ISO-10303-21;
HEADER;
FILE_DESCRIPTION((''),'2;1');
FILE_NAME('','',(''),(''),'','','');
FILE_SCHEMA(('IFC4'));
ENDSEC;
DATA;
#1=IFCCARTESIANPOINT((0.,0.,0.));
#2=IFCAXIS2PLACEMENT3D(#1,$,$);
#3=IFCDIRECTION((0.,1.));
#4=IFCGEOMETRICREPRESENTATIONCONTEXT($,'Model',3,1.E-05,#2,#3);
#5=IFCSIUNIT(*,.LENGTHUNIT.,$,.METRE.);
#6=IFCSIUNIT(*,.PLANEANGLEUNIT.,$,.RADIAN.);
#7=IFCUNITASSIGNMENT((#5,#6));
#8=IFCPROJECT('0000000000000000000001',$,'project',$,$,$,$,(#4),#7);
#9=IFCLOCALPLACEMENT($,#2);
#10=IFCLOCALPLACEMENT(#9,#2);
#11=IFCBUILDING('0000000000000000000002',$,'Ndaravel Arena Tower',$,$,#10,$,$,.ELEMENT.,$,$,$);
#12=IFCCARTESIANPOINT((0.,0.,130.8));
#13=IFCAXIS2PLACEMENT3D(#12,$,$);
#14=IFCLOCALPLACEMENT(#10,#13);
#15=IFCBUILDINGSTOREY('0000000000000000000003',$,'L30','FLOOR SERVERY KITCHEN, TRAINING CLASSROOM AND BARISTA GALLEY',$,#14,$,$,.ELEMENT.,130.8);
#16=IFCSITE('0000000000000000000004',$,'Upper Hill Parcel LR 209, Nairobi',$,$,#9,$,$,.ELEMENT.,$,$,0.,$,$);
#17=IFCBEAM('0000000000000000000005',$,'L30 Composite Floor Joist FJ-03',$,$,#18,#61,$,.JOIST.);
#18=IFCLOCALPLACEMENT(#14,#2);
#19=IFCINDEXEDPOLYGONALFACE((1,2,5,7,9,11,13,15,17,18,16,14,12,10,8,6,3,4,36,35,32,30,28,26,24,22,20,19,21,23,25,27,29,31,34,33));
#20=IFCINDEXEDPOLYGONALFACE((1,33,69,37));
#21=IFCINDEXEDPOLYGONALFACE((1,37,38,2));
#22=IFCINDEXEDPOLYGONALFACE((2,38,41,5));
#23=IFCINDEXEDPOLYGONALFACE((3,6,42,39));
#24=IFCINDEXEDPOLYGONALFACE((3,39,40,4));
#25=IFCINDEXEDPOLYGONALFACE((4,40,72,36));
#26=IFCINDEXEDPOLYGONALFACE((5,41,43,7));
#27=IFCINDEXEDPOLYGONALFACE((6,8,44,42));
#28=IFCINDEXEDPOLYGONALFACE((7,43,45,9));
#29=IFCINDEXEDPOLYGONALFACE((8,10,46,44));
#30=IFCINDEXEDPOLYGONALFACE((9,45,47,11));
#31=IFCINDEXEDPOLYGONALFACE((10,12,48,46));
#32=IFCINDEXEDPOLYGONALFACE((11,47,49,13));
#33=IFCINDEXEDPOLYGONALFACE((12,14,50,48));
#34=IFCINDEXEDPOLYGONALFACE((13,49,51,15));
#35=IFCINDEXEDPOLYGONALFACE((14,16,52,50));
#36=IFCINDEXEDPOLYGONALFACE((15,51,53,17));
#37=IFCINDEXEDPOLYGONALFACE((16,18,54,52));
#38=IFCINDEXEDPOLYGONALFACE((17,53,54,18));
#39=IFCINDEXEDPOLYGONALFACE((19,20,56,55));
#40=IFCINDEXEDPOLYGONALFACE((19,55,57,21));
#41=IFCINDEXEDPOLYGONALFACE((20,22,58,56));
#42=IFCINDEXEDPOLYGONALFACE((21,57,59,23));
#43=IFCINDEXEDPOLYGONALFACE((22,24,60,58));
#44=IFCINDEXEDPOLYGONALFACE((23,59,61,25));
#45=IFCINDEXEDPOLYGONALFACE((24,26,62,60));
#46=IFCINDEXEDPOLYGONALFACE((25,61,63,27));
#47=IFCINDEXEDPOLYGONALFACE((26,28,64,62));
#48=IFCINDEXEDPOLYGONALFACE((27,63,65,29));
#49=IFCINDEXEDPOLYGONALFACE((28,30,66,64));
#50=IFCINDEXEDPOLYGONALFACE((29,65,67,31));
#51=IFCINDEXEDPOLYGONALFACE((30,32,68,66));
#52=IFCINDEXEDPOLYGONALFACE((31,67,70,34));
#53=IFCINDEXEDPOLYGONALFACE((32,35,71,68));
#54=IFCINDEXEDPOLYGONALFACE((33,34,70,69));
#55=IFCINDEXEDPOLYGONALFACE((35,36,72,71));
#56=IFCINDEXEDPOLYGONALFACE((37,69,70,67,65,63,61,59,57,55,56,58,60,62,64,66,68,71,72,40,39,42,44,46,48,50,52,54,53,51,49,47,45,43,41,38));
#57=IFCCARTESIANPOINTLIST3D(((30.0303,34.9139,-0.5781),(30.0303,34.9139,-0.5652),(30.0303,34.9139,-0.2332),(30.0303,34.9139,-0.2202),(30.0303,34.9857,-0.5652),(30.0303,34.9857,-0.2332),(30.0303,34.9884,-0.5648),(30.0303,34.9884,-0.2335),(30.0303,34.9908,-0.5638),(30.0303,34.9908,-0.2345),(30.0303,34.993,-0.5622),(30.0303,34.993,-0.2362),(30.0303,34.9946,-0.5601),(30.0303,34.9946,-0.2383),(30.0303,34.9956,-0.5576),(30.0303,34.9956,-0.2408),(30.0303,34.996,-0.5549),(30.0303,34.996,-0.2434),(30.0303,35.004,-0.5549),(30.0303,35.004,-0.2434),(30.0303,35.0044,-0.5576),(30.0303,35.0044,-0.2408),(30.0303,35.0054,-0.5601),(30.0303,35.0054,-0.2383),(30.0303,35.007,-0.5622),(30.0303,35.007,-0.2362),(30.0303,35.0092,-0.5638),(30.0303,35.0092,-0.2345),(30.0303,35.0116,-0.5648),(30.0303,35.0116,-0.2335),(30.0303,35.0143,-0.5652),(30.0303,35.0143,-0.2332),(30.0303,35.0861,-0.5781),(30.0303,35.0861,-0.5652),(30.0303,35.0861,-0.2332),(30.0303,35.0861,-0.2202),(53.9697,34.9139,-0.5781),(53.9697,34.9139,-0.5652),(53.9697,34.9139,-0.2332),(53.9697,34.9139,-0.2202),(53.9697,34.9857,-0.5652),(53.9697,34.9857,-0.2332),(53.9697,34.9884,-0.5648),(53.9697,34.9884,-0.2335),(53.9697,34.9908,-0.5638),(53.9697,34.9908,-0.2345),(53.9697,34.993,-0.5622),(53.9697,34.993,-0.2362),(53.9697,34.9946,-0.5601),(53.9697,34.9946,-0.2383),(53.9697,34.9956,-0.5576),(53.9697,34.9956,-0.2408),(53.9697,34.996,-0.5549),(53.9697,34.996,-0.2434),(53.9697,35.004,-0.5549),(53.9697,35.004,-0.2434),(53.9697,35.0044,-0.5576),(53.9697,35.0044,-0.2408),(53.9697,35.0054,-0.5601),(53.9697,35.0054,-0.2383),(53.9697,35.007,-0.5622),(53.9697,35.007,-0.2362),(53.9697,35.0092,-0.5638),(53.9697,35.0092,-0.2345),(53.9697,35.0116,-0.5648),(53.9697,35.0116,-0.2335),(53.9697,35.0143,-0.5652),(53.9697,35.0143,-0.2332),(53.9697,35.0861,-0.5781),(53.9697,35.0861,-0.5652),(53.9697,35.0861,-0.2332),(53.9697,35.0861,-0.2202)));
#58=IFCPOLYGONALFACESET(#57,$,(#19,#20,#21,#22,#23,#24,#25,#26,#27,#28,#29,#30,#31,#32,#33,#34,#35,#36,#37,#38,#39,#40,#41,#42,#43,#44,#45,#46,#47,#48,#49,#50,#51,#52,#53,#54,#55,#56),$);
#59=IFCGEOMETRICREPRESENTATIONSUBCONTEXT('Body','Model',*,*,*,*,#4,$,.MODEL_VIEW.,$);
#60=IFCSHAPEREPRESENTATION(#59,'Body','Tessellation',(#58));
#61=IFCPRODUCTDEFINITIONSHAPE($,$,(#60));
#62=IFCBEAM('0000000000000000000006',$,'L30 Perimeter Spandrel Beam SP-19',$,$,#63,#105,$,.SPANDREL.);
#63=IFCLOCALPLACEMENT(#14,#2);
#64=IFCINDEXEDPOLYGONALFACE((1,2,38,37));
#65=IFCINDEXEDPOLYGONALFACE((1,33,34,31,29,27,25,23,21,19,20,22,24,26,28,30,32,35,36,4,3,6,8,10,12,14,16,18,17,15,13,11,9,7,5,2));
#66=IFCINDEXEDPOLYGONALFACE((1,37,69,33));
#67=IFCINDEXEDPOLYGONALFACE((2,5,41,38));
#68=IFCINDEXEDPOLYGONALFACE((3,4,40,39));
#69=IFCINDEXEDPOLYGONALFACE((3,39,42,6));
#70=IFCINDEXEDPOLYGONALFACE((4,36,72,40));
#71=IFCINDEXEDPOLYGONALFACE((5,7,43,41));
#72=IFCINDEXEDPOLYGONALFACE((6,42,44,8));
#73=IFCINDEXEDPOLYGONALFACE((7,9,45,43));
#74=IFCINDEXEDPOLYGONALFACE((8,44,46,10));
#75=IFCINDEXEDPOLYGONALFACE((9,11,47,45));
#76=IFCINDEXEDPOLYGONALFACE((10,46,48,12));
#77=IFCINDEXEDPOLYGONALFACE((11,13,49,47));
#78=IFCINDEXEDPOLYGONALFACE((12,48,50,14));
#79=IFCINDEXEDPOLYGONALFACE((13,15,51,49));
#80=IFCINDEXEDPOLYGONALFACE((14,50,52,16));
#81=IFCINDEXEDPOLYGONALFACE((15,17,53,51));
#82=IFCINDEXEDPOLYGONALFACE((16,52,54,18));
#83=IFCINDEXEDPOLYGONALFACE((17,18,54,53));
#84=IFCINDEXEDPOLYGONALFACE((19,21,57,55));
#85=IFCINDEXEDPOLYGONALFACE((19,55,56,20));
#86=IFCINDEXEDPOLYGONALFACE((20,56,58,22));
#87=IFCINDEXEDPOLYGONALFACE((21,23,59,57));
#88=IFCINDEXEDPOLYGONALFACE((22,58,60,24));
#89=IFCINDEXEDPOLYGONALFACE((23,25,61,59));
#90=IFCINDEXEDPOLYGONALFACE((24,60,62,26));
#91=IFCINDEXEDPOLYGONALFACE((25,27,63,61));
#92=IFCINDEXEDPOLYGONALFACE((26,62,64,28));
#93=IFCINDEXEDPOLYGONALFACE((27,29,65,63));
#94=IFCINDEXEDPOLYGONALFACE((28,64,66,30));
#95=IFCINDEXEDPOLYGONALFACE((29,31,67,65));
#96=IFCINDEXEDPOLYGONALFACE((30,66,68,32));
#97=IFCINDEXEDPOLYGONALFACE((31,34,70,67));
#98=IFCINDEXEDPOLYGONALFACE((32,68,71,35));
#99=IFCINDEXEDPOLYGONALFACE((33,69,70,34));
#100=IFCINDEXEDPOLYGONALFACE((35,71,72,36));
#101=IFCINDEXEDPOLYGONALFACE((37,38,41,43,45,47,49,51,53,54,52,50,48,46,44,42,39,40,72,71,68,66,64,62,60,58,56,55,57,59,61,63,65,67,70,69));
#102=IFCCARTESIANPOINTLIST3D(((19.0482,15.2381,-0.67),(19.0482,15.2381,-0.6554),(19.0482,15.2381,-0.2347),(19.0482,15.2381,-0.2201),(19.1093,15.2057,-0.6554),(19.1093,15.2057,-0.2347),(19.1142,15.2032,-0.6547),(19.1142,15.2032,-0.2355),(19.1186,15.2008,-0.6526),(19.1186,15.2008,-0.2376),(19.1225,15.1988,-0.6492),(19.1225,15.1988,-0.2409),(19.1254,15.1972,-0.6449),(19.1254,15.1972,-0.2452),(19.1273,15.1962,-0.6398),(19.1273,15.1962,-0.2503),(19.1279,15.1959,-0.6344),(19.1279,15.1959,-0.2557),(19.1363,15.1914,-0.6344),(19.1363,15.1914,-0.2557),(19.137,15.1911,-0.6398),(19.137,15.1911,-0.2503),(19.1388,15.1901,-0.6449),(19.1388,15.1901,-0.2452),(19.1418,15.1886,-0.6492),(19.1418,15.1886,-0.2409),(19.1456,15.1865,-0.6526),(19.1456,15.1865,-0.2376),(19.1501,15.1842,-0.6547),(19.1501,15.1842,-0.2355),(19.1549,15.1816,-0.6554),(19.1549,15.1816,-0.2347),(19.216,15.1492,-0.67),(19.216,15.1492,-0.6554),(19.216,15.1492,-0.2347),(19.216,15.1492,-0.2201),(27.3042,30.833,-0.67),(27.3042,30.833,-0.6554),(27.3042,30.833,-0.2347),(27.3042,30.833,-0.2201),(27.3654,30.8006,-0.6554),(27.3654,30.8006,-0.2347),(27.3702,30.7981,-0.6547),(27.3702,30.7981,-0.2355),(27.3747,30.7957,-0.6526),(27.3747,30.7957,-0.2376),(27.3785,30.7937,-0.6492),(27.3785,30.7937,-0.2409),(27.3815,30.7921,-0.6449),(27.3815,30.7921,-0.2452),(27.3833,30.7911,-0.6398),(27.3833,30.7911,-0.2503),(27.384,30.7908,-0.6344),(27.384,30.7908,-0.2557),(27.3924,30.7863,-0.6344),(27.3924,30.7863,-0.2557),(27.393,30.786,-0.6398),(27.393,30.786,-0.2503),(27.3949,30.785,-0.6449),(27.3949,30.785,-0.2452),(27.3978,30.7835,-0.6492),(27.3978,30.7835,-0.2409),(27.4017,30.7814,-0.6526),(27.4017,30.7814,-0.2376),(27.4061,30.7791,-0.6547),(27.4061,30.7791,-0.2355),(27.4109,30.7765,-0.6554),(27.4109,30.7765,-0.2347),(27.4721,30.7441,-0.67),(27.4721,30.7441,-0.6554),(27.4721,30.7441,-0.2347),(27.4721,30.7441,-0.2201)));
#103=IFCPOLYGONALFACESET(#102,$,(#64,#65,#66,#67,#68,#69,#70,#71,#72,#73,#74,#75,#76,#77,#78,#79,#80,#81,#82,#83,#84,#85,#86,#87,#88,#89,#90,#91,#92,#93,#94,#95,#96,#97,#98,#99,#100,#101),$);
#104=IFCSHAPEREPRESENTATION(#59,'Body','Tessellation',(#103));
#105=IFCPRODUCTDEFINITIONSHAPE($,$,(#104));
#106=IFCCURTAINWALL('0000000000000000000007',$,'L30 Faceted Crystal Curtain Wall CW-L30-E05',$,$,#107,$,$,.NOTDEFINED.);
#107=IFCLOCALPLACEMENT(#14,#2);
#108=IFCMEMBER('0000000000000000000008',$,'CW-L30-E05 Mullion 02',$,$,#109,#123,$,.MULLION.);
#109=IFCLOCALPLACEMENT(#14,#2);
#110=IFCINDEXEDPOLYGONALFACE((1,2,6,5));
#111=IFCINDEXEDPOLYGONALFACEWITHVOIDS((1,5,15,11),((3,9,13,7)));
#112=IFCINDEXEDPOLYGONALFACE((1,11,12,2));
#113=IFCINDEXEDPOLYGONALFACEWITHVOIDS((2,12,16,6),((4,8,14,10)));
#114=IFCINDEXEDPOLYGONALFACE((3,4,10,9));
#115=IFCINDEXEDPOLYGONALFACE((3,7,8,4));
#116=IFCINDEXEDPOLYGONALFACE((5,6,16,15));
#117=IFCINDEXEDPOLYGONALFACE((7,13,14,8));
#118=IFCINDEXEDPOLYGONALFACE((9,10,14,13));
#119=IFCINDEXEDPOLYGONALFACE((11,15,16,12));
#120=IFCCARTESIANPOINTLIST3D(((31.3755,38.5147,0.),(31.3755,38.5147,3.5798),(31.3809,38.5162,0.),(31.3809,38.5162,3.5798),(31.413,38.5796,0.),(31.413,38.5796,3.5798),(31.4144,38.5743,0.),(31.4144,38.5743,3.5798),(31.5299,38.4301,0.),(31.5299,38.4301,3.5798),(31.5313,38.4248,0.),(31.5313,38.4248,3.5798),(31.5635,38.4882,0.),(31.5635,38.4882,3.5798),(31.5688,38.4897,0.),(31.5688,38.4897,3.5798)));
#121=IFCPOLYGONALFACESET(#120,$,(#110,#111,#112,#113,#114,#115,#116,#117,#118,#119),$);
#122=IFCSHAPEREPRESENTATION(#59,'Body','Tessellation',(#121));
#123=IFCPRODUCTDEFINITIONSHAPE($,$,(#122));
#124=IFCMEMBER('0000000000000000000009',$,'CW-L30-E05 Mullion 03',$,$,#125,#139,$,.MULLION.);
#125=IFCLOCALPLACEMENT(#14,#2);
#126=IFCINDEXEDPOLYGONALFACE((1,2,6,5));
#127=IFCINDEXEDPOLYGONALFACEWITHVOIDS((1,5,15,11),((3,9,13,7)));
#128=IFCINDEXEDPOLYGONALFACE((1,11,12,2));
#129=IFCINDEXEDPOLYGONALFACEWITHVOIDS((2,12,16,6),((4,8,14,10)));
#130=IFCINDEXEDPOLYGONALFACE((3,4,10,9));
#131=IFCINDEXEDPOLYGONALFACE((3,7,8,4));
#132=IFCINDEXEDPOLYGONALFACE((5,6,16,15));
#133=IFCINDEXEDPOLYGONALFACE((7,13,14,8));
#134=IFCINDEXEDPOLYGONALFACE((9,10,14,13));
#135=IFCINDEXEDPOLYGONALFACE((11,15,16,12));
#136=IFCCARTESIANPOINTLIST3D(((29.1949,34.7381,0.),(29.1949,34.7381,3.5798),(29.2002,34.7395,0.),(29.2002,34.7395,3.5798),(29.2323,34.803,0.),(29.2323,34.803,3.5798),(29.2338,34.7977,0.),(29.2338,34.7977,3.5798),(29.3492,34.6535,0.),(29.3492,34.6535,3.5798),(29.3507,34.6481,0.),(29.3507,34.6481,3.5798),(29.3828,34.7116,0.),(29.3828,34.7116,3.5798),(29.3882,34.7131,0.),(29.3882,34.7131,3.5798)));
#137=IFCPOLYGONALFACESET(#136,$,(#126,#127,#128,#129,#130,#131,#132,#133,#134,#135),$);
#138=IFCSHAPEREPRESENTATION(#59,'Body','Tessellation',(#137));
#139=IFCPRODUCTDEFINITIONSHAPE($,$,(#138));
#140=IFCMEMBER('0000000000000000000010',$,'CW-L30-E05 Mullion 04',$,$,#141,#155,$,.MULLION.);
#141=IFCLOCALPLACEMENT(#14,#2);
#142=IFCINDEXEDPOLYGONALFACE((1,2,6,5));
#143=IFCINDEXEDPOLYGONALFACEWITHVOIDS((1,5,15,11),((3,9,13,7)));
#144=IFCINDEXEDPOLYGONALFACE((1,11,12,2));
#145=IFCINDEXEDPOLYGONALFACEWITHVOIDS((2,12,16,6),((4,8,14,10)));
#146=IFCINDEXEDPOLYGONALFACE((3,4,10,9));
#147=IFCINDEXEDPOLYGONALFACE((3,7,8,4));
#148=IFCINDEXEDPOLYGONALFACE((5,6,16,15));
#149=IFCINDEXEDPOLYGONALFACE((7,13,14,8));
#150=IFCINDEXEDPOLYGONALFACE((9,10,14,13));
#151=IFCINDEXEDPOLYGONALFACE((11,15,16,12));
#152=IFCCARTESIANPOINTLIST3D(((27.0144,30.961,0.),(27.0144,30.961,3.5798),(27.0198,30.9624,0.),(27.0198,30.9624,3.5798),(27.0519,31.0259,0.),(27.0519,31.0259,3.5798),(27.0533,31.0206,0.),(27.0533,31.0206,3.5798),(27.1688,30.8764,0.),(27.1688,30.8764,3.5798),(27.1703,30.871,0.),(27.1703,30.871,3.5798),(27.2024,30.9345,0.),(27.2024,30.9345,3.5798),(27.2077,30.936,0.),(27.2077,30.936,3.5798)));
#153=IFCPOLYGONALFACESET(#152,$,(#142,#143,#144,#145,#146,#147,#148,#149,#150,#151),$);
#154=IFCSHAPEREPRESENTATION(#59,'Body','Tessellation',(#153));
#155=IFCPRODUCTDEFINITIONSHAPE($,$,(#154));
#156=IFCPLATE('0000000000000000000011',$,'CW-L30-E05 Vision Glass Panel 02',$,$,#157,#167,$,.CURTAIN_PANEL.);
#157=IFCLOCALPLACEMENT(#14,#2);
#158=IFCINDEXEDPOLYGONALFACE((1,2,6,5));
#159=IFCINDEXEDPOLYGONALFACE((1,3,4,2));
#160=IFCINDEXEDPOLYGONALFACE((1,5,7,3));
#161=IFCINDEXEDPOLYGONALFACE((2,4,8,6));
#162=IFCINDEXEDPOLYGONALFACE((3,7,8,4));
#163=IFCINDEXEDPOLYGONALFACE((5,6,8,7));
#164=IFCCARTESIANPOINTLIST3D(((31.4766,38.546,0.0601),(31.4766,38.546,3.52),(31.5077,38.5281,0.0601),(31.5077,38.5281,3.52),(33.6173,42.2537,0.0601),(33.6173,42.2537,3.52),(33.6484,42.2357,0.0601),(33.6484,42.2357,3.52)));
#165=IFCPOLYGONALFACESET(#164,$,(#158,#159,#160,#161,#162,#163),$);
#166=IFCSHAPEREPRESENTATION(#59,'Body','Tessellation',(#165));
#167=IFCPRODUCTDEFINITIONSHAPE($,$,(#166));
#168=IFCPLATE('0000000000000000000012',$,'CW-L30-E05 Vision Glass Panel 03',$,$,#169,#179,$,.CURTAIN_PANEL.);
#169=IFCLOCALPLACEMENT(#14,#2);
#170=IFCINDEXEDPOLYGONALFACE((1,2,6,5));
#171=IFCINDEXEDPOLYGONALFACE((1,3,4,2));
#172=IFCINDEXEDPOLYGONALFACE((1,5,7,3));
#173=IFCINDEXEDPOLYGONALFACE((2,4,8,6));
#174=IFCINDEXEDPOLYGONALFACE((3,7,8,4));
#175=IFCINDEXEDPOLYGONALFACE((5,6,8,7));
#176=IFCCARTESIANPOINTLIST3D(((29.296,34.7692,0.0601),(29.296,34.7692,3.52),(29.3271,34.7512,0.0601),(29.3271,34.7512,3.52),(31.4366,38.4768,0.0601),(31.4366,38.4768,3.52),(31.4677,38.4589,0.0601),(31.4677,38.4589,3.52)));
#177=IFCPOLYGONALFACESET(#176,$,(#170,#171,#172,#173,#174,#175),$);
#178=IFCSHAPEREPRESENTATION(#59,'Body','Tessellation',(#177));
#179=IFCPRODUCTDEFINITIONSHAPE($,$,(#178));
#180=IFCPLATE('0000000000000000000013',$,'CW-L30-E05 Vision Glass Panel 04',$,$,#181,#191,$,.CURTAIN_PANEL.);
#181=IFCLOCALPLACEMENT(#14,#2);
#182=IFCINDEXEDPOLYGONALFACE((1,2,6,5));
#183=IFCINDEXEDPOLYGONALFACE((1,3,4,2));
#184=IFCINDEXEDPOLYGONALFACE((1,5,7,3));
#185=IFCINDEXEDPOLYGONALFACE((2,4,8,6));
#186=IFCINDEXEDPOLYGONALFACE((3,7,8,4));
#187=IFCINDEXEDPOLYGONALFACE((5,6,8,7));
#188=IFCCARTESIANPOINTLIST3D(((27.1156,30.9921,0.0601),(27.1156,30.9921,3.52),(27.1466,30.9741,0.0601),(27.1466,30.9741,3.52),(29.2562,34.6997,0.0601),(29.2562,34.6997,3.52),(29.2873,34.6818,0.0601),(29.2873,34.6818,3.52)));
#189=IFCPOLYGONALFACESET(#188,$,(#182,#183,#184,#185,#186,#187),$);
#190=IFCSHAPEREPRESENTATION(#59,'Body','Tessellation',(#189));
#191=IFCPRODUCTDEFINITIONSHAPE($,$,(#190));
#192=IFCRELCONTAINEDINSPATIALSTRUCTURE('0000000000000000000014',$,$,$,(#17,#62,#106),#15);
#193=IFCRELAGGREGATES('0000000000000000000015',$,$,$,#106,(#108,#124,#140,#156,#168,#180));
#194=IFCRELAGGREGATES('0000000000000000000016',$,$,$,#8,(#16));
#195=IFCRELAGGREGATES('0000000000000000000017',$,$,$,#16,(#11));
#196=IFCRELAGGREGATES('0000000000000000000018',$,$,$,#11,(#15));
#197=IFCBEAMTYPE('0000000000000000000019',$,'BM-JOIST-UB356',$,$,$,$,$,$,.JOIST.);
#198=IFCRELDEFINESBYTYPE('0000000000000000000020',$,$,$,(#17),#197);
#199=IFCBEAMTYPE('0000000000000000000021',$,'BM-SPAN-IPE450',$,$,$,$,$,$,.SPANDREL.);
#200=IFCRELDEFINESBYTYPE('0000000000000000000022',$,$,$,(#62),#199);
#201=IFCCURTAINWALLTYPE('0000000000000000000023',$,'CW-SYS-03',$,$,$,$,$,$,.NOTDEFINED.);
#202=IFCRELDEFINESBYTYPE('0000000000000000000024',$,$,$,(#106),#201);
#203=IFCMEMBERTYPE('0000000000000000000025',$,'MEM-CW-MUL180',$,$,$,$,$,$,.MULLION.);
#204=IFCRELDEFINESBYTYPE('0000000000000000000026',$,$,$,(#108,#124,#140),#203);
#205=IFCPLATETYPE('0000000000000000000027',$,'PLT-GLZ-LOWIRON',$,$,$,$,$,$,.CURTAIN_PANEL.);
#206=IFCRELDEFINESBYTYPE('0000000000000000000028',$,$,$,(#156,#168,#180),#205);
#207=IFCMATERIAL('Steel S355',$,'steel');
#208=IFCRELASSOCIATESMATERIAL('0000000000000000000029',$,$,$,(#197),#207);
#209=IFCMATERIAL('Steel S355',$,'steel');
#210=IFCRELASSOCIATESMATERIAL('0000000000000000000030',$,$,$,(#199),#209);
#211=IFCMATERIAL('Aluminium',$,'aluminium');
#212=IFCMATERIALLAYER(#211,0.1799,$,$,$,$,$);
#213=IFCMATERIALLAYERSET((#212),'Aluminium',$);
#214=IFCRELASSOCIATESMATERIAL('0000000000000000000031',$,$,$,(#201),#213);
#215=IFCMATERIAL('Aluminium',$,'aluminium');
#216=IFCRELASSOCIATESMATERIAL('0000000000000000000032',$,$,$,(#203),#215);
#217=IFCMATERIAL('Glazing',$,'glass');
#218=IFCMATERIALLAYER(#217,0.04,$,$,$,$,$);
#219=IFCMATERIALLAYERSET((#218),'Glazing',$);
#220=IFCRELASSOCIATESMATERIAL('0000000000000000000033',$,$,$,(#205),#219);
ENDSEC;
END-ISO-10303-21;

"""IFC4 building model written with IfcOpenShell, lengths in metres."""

from ifc_helpers import new_model, si_unit, direction, frame, origin, origin_2d, place, context, subcontext, project, spatial, rectangle, hollow_rectangle, i_section, extrude, material, layer, layer_set, material_profile, profile_set, type_object, element, aggregate, save


model = new_model("IFC4")

# Units and contexts
model_context = context("Model", 3, precision=1e-05, world=origin(), true_north=direction((0.0, 1.0)))
body_context = subcontext(model_context, "Body", "Model", "MODEL_VIEW")
ifc_project = project(units=[si_unit("LENGTHUNIT", "METRE"), si_unit("PLANEANGLEUNIT", "RADIAN")], contexts=[model_context])

# Site, building, storey
site_placement = place(None, origin())
site = spatial("IfcSite", under=ifc_project, at=site_placement, Name="Upper Hill Parcel LR 209, Nairobi", CompositionType="ELEMENT", RefElevation=0.0)
building_placement = place(site_placement, origin())
building = spatial("IfcBuilding", under=site, at=building_placement, Name="Ndaravel Arena Tower", CompositionType="ELEMENT")
storey_placement = place(building_placement, frame((0.0, 0.0, 130.8)))
storey = spatial("IfcBuildingStorey", under=building, at=storey_placement, Name="L30", Description="FLOOR SERVERY KITCHEN, TRAINING CLASSROOM AND BARISTA GALLEY", CompositionType="ELEMENT", Elevation=130.8)

# Beams
ifc_material_1 = material(Name="Steel S355", Category="steel")
ifc_material_profile_1 = material_profile(ifc_material_1, i_section(OverallWidth=0.1721, OverallDepth=0.3579, WebThickness=0.0081, FlangeThickness=0.0129, FilletRadius=0.0103, at=origin_2d()), Name="UB 356x171x57")
ifc_profile_set_1 = profile_set([ifc_material_profile_1], Name="Steel S355")
beam_type_1 = type_object("IfcBeamType", Name="BM-JOIST-UB356", PredefinedType="JOIST", material=ifc_profile_set_1)
beam_1_placement = place(storey_placement, frame((30.0303, 35.0, -0.3992), z_axis=(1.0, 0.0, 0.0), x_axis=(0.0, 1.0, 0.0)))
element("IfcBeam", 1, at=beam_1_placement, inside=storey, type_object=beam_type_1, Name="L30 Composite Floor Joist FJ-03", PredefinedType="JOIST", context=body_context, shape_type="SweptSolid", body=[
    extrude(i_section(OverallWidth=0.1721, OverallDepth=0.3579, WebThickness=0.0081, FlangeThickness=0.0129, FilletRadius=0.0103, at=origin_2d()), origin(), (0.0, 0.0, 1.0), 23.9395),
])
ifc_material_2 = material(Name="Steel S355", Category="steel")
ifc_material_profile_2 = material_profile(ifc_material_2, i_section(OverallWidth=0.1899, OverallDepth=0.45, WebThickness=0.0095, FlangeThickness=0.0146, FilletRadius=0.021, at=origin_2d()), Name="IPE 450")
ifc_profile_set_2 = profile_set([ifc_material_profile_2], Name="Steel S355")
beam_type_2 = type_object("IfcBeamType", Name="BM-SPAN-IPE450", PredefinedType="SPANDREL", material=ifc_profile_set_2)
beam_2_placement = place(storey_placement, frame((27.3882, 30.7886, -0.4451), z_axis=(-0.467885, -0.883789, 0.0), x_axis=(0.883789, -0.467885, 0.0)))
element("IfcBeam", 2, at=beam_2_placement, inside=storey, type_object=beam_type_2, Name="L30 Perimeter Spandrel Beam SP-19", PredefinedType="SPANDREL", context=body_context, shape_type="SweptSolid", body=[
    extrude(i_section(OverallWidth=0.1899, OverallDepth=0.45, WebThickness=0.0095, FlangeThickness=0.0146, FilletRadius=0.021, at=origin_2d()), origin(), (0.0, 0.0, 1.0), 17.6455),
])

# Curtain wall, members, plates
ifc_material_3 = material(Name="Aluminium", Category="aluminium")
ifc_layer_1 = layer(ifc_material_3, 0.1799)
ifc_layer_set_1 = layer_set([ifc_layer_1], Name="Aluminium")
curtain_wall_type = type_object("IfcCurtainWallType", Name="CW-SYS-03", PredefinedType="NOTDEFINED", material=ifc_layer_set_1)
curtain_wall_placement = place(storey_placement, origin())
curtain_wall = element("IfcCurtainWall", 3, at=curtain_wall_placement, inside=storey, type_object=curtain_wall_type, Name="L30 Faceted Crystal Curtain Wall CW-L30-E05", PredefinedType="NOTDEFINED")
ifc_material_4 = material(Name="Aluminium", Category="aluminium")
ifc_material_profile_3 = material_profile(ifc_material_4, hollow_rectangle(XDim=0.075, YDim=0.1799, WallThickness=0.0039, at=origin_2d()), Name="CW MULLION 75x180x4")
ifc_profile_set_3 = profile_set([ifc_material_profile_3], Name="Aluminium")
member_type = type_object("IfcMemberType", Name="MEM-CW-MUL180", PredefinedType="MULLION", material=ifc_profile_set_3)
member_1_placement = place(storey_placement, frame((31.4722, 38.5022, 0.0), z_axis=(0.0, 0.0, 1.0), x_axis=(-0.5, -0.866025, 0.0)))
member_1 = element("IfcMember", 4, at=member_1_placement, type_object=member_type, Name="CW-L30-E05 Mullion 02", PredefinedType="MULLION", context=body_context, shape_type="SweptSolid", body=[
    extrude(hollow_rectangle(XDim=0.075, YDim=0.1799, WallThickness=0.0039, at=origin_2d()), origin(), (0.0, 0.0, 1.0), 3.5798),
])
member_2_placement = place(storey_placement, frame((29.2915, 34.7256, 0.0), z_axis=(0.0, 0.0, 1.0), x_axis=(-0.5, -0.866025, 0.0)))
member_2 = element("IfcMember", 5, at=member_2_placement, type_object=member_type, Name="CW-L30-E05 Mullion 03", PredefinedType="MULLION", context=body_context, shape_type="SweptSolid", body=[
    extrude(hollow_rectangle(XDim=0.075, YDim=0.1799, WallThickness=0.0039, at=origin_2d()), origin(), (0.0, 0.0, 1.0), 3.5798),
])
member_3_placement = place(storey_placement, frame((27.1111, 30.9485, 0.0), z_axis=(0.0, 0.0, 1.0), x_axis=(-0.5, -0.866025, 0.0)))
member_3 = element("IfcMember", 6, at=member_3_placement, type_object=member_type, Name="CW-L30-E05 Mullion 04", PredefinedType="MULLION", context=body_context, shape_type="SweptSolid", body=[
    extrude(hollow_rectangle(XDim=0.075, YDim=0.1799, WallThickness=0.0039, at=origin_2d()), origin(), (0.0, 0.0, 1.0), 3.5798),
])
ifc_material_5 = material(Name="Glazing", Category="glass")
ifc_layer_2 = layer(ifc_material_5, 0.04)
ifc_layer_set_2 = layer_set([ifc_layer_2], Name="Glazing")
plate_type = type_object("IfcPlateType", Name="PLT-GLZ-LOWIRON", PredefinedType="CURTAIN_PANEL", material=ifc_layer_set_2)
plate_1_placement = place(storey_placement, frame((32.5625, 40.3909, 0.0601), z_axis=(0.0, 0.0, 1.0), x_axis=(-0.5, -0.866025, 0.0)))
plate_1 = element("IfcPlate", 7, at=plate_1_placement, type_object=plate_type, Name="CW-L30-E05 Vision Glass Panel 02", PredefinedType="CURTAIN_PANEL", context=body_context, shape_type="SweptSolid", body=[
    extrude(rectangle(XDim=4.2812, YDim=0.0359, at=origin_2d()), origin(), (0.0, 0.0, 1.0), 3.46),
])
plate_2_placement = place(storey_placement, frame((30.3818, 36.614, 0.0601), z_axis=(0.0, 0.0, 1.0), x_axis=(-0.5, -0.866025, 0.0)))
plate_2 = element("IfcPlate", 8, at=plate_2_placement, type_object=plate_type, Name="CW-L30-E05 Vision Glass Panel 03", PredefinedType="CURTAIN_PANEL", context=body_context, shape_type="SweptSolid", body=[
    extrude(rectangle(XDim=4.2812, YDim=0.0359, at=origin_2d()), origin(), (0.0, 0.0, 1.0), 3.46),
])
plate_3_placement = place(storey_placement, frame((28.2014, 32.8369, 0.0601), z_axis=(0.0, 0.0, 1.0), x_axis=(-0.5, -0.866025, 0.0)))
plate_3 = element("IfcPlate", 9, at=plate_3_placement, type_object=plate_type, Name="CW-L30-E05 Vision Glass Panel 04", PredefinedType="CURTAIN_PANEL", context=body_context, shape_type="SweptSolid", body=[
    extrude(rectangle(XDim=4.2812, YDim=0.0359, at=origin_2d()), origin(), (0.0, 0.0, 1.0), 3.46),
])
aggregate(curtain_wall, [member_1, member_2, member_3, plate_1, plate_2, plate_3])

save(model, "model.ifc")
